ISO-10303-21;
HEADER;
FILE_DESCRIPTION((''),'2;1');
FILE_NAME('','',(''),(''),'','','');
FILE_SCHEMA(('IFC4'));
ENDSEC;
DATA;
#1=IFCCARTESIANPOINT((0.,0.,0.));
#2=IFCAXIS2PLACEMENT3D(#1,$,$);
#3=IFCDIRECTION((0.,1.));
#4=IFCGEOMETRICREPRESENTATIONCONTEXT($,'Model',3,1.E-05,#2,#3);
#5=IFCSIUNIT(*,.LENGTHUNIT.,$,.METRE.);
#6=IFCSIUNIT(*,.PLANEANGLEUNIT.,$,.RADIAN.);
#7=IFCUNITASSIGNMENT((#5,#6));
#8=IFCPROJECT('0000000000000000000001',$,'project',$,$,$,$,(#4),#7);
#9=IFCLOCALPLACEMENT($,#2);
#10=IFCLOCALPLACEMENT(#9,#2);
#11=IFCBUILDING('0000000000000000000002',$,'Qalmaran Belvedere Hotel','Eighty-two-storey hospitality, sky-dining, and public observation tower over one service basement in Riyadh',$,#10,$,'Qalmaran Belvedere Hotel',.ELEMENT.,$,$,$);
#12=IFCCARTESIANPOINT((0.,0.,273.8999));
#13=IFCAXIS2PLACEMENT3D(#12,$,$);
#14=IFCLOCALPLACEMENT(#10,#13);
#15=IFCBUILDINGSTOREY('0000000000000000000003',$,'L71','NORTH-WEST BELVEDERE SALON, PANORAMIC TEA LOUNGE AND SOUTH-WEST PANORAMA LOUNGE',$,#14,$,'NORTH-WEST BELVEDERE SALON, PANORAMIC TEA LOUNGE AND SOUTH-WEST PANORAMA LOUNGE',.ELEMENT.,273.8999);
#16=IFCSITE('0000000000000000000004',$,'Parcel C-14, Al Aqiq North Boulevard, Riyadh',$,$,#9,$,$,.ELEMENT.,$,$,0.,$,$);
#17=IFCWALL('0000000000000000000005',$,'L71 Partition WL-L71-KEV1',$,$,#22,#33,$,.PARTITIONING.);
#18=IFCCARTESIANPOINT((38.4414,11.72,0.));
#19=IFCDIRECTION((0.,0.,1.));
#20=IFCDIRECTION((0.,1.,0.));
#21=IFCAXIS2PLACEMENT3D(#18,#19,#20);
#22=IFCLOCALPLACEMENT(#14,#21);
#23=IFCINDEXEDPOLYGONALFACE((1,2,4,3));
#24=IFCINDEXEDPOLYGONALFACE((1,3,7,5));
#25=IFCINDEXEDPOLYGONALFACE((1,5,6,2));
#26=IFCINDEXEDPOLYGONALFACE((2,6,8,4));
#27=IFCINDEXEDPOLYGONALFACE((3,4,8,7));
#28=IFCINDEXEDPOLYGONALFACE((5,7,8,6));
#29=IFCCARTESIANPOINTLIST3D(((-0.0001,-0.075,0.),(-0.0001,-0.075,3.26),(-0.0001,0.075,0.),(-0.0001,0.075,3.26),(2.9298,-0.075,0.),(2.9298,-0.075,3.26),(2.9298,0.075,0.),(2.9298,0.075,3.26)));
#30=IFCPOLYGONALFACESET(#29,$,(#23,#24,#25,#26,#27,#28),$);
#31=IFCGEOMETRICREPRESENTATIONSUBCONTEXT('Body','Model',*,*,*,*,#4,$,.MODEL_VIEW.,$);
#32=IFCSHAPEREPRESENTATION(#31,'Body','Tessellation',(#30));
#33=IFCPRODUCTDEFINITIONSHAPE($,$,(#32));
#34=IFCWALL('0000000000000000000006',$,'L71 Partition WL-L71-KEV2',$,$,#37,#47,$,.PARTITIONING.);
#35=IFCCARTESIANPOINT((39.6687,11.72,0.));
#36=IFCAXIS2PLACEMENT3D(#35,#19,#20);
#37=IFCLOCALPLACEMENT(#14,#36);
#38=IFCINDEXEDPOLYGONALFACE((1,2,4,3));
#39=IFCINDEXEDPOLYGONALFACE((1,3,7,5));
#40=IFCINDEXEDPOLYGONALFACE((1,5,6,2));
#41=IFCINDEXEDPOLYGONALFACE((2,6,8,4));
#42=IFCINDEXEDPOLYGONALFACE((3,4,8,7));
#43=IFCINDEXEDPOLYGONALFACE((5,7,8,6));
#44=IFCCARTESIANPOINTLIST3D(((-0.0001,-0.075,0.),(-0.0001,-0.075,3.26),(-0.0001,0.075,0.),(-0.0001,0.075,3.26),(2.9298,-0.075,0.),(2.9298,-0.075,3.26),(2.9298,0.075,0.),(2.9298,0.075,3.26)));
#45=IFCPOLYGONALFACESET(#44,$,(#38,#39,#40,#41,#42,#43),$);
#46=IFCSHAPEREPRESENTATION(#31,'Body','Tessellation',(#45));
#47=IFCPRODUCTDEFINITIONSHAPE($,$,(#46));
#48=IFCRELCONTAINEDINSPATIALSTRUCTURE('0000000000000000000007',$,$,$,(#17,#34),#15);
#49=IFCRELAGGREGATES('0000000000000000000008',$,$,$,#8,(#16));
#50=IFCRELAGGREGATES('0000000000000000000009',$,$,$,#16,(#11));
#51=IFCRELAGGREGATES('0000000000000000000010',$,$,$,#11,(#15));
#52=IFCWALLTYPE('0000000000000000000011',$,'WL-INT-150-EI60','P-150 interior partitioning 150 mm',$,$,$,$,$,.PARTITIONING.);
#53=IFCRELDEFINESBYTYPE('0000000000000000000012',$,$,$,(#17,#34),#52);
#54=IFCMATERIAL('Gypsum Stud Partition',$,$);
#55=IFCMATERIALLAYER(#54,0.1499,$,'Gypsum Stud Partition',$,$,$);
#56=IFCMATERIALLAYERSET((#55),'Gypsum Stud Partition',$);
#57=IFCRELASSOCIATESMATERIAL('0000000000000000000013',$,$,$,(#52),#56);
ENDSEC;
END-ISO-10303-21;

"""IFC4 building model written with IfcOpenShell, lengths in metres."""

from ifc_helpers import new_model, si_unit, direction, frame, frame_2d, origin, place, context, subcontext, project, spatial, rectangle, extrude, material, layer, layer_set, type_object, element, save


model = new_model("IFC4")

# Units and contexts
model_context = context("Model", 3, precision=1e-05, world=origin(), true_north=direction((0.0, 1.0)))
body_context = subcontext(model_context, "Body", "Model", "MODEL_VIEW")
ifc_project = project(units=[si_unit("LENGTHUNIT", "METRE"), si_unit("PLANEANGLEUNIT", "RADIAN")], contexts=[model_context])

# Site, building, storey
site_placement = place(None, origin())
site = spatial("IfcSite", under=ifc_project, at=site_placement, Name="Parcel C-14, Al Aqiq North Boulevard, Riyadh", CompositionType="ELEMENT", RefElevation=0.0)
building_placement = place(site_placement, origin())
building = spatial("IfcBuilding", under=site, at=building_placement, Name="Qalmaran Belvedere Hotel", Description="Eighty-two-storey hospitality, sky-dining, and public observation tower over one service basement in Riyadh", LongName="Qalmaran Belvedere Hotel", CompositionType="ELEMENT")
storey_placement = place(building_placement, frame((0.0, 0.0, 273.8999)))
storey = spatial("IfcBuildingStorey", under=building, at=storey_placement, Name="L71", Description="NORTH-WEST BELVEDERE SALON, PANORAMIC TEA LOUNGE AND SOUTH-WEST PANORAMA LOUNGE", LongName="NORTH-WEST BELVEDERE SALON, PANORAMIC TEA LOUNGE AND SOUTH-WEST PANORAMA LOUNGE", CompositionType="ELEMENT", Elevation=273.8999)

# Walls
ifc_material_1 = material(Name="Gypsum Stud Partition")
ifc_layer_1 = layer(ifc_material_1, 0.1499, Name="Gypsum Stud Partition")
ifc_layer_set_1 = layer_set([ifc_layer_1], Name="Gypsum Stud Partition")
wall_type_1 = type_object("IfcWallType", Name="WL-INT-150-EI60", Description="P-150 interior partitioning 150 mm", PredefinedType="PARTITIONING", material=ifc_layer_set_1)
for number, where, z_axis, x_axis, name in (
    (1, (38.4414, 11.72, 0.0), (0.0, 0.0, 1.0), (0.0, 1.0, 0.0), "L71 Partition WL-L71-KEV1"),
    (2, (39.6687, 11.72, 0.0), (0.0, 0.0, 1.0), (0.0, 1.0, 0.0), "L71 Partition WL-L71-KEV2"),
):
    element("IfcWall", number, at=place(storey_placement, frame(where, z_axis=z_axis, x_axis=x_axis)), inside=storey, type_object=wall_type_1, Name=name, PredefinedType="PARTITIONING", context=body_context, shape_type="SweptSolid", body=[
        extrude(rectangle(XDim=2.9299, YDim=0.1499, at=frame_2d((1.4648, 0.0))), origin(), (0.0, 0.0, 1.0), 3.26),
    ])

save(model, "model.ifc")
